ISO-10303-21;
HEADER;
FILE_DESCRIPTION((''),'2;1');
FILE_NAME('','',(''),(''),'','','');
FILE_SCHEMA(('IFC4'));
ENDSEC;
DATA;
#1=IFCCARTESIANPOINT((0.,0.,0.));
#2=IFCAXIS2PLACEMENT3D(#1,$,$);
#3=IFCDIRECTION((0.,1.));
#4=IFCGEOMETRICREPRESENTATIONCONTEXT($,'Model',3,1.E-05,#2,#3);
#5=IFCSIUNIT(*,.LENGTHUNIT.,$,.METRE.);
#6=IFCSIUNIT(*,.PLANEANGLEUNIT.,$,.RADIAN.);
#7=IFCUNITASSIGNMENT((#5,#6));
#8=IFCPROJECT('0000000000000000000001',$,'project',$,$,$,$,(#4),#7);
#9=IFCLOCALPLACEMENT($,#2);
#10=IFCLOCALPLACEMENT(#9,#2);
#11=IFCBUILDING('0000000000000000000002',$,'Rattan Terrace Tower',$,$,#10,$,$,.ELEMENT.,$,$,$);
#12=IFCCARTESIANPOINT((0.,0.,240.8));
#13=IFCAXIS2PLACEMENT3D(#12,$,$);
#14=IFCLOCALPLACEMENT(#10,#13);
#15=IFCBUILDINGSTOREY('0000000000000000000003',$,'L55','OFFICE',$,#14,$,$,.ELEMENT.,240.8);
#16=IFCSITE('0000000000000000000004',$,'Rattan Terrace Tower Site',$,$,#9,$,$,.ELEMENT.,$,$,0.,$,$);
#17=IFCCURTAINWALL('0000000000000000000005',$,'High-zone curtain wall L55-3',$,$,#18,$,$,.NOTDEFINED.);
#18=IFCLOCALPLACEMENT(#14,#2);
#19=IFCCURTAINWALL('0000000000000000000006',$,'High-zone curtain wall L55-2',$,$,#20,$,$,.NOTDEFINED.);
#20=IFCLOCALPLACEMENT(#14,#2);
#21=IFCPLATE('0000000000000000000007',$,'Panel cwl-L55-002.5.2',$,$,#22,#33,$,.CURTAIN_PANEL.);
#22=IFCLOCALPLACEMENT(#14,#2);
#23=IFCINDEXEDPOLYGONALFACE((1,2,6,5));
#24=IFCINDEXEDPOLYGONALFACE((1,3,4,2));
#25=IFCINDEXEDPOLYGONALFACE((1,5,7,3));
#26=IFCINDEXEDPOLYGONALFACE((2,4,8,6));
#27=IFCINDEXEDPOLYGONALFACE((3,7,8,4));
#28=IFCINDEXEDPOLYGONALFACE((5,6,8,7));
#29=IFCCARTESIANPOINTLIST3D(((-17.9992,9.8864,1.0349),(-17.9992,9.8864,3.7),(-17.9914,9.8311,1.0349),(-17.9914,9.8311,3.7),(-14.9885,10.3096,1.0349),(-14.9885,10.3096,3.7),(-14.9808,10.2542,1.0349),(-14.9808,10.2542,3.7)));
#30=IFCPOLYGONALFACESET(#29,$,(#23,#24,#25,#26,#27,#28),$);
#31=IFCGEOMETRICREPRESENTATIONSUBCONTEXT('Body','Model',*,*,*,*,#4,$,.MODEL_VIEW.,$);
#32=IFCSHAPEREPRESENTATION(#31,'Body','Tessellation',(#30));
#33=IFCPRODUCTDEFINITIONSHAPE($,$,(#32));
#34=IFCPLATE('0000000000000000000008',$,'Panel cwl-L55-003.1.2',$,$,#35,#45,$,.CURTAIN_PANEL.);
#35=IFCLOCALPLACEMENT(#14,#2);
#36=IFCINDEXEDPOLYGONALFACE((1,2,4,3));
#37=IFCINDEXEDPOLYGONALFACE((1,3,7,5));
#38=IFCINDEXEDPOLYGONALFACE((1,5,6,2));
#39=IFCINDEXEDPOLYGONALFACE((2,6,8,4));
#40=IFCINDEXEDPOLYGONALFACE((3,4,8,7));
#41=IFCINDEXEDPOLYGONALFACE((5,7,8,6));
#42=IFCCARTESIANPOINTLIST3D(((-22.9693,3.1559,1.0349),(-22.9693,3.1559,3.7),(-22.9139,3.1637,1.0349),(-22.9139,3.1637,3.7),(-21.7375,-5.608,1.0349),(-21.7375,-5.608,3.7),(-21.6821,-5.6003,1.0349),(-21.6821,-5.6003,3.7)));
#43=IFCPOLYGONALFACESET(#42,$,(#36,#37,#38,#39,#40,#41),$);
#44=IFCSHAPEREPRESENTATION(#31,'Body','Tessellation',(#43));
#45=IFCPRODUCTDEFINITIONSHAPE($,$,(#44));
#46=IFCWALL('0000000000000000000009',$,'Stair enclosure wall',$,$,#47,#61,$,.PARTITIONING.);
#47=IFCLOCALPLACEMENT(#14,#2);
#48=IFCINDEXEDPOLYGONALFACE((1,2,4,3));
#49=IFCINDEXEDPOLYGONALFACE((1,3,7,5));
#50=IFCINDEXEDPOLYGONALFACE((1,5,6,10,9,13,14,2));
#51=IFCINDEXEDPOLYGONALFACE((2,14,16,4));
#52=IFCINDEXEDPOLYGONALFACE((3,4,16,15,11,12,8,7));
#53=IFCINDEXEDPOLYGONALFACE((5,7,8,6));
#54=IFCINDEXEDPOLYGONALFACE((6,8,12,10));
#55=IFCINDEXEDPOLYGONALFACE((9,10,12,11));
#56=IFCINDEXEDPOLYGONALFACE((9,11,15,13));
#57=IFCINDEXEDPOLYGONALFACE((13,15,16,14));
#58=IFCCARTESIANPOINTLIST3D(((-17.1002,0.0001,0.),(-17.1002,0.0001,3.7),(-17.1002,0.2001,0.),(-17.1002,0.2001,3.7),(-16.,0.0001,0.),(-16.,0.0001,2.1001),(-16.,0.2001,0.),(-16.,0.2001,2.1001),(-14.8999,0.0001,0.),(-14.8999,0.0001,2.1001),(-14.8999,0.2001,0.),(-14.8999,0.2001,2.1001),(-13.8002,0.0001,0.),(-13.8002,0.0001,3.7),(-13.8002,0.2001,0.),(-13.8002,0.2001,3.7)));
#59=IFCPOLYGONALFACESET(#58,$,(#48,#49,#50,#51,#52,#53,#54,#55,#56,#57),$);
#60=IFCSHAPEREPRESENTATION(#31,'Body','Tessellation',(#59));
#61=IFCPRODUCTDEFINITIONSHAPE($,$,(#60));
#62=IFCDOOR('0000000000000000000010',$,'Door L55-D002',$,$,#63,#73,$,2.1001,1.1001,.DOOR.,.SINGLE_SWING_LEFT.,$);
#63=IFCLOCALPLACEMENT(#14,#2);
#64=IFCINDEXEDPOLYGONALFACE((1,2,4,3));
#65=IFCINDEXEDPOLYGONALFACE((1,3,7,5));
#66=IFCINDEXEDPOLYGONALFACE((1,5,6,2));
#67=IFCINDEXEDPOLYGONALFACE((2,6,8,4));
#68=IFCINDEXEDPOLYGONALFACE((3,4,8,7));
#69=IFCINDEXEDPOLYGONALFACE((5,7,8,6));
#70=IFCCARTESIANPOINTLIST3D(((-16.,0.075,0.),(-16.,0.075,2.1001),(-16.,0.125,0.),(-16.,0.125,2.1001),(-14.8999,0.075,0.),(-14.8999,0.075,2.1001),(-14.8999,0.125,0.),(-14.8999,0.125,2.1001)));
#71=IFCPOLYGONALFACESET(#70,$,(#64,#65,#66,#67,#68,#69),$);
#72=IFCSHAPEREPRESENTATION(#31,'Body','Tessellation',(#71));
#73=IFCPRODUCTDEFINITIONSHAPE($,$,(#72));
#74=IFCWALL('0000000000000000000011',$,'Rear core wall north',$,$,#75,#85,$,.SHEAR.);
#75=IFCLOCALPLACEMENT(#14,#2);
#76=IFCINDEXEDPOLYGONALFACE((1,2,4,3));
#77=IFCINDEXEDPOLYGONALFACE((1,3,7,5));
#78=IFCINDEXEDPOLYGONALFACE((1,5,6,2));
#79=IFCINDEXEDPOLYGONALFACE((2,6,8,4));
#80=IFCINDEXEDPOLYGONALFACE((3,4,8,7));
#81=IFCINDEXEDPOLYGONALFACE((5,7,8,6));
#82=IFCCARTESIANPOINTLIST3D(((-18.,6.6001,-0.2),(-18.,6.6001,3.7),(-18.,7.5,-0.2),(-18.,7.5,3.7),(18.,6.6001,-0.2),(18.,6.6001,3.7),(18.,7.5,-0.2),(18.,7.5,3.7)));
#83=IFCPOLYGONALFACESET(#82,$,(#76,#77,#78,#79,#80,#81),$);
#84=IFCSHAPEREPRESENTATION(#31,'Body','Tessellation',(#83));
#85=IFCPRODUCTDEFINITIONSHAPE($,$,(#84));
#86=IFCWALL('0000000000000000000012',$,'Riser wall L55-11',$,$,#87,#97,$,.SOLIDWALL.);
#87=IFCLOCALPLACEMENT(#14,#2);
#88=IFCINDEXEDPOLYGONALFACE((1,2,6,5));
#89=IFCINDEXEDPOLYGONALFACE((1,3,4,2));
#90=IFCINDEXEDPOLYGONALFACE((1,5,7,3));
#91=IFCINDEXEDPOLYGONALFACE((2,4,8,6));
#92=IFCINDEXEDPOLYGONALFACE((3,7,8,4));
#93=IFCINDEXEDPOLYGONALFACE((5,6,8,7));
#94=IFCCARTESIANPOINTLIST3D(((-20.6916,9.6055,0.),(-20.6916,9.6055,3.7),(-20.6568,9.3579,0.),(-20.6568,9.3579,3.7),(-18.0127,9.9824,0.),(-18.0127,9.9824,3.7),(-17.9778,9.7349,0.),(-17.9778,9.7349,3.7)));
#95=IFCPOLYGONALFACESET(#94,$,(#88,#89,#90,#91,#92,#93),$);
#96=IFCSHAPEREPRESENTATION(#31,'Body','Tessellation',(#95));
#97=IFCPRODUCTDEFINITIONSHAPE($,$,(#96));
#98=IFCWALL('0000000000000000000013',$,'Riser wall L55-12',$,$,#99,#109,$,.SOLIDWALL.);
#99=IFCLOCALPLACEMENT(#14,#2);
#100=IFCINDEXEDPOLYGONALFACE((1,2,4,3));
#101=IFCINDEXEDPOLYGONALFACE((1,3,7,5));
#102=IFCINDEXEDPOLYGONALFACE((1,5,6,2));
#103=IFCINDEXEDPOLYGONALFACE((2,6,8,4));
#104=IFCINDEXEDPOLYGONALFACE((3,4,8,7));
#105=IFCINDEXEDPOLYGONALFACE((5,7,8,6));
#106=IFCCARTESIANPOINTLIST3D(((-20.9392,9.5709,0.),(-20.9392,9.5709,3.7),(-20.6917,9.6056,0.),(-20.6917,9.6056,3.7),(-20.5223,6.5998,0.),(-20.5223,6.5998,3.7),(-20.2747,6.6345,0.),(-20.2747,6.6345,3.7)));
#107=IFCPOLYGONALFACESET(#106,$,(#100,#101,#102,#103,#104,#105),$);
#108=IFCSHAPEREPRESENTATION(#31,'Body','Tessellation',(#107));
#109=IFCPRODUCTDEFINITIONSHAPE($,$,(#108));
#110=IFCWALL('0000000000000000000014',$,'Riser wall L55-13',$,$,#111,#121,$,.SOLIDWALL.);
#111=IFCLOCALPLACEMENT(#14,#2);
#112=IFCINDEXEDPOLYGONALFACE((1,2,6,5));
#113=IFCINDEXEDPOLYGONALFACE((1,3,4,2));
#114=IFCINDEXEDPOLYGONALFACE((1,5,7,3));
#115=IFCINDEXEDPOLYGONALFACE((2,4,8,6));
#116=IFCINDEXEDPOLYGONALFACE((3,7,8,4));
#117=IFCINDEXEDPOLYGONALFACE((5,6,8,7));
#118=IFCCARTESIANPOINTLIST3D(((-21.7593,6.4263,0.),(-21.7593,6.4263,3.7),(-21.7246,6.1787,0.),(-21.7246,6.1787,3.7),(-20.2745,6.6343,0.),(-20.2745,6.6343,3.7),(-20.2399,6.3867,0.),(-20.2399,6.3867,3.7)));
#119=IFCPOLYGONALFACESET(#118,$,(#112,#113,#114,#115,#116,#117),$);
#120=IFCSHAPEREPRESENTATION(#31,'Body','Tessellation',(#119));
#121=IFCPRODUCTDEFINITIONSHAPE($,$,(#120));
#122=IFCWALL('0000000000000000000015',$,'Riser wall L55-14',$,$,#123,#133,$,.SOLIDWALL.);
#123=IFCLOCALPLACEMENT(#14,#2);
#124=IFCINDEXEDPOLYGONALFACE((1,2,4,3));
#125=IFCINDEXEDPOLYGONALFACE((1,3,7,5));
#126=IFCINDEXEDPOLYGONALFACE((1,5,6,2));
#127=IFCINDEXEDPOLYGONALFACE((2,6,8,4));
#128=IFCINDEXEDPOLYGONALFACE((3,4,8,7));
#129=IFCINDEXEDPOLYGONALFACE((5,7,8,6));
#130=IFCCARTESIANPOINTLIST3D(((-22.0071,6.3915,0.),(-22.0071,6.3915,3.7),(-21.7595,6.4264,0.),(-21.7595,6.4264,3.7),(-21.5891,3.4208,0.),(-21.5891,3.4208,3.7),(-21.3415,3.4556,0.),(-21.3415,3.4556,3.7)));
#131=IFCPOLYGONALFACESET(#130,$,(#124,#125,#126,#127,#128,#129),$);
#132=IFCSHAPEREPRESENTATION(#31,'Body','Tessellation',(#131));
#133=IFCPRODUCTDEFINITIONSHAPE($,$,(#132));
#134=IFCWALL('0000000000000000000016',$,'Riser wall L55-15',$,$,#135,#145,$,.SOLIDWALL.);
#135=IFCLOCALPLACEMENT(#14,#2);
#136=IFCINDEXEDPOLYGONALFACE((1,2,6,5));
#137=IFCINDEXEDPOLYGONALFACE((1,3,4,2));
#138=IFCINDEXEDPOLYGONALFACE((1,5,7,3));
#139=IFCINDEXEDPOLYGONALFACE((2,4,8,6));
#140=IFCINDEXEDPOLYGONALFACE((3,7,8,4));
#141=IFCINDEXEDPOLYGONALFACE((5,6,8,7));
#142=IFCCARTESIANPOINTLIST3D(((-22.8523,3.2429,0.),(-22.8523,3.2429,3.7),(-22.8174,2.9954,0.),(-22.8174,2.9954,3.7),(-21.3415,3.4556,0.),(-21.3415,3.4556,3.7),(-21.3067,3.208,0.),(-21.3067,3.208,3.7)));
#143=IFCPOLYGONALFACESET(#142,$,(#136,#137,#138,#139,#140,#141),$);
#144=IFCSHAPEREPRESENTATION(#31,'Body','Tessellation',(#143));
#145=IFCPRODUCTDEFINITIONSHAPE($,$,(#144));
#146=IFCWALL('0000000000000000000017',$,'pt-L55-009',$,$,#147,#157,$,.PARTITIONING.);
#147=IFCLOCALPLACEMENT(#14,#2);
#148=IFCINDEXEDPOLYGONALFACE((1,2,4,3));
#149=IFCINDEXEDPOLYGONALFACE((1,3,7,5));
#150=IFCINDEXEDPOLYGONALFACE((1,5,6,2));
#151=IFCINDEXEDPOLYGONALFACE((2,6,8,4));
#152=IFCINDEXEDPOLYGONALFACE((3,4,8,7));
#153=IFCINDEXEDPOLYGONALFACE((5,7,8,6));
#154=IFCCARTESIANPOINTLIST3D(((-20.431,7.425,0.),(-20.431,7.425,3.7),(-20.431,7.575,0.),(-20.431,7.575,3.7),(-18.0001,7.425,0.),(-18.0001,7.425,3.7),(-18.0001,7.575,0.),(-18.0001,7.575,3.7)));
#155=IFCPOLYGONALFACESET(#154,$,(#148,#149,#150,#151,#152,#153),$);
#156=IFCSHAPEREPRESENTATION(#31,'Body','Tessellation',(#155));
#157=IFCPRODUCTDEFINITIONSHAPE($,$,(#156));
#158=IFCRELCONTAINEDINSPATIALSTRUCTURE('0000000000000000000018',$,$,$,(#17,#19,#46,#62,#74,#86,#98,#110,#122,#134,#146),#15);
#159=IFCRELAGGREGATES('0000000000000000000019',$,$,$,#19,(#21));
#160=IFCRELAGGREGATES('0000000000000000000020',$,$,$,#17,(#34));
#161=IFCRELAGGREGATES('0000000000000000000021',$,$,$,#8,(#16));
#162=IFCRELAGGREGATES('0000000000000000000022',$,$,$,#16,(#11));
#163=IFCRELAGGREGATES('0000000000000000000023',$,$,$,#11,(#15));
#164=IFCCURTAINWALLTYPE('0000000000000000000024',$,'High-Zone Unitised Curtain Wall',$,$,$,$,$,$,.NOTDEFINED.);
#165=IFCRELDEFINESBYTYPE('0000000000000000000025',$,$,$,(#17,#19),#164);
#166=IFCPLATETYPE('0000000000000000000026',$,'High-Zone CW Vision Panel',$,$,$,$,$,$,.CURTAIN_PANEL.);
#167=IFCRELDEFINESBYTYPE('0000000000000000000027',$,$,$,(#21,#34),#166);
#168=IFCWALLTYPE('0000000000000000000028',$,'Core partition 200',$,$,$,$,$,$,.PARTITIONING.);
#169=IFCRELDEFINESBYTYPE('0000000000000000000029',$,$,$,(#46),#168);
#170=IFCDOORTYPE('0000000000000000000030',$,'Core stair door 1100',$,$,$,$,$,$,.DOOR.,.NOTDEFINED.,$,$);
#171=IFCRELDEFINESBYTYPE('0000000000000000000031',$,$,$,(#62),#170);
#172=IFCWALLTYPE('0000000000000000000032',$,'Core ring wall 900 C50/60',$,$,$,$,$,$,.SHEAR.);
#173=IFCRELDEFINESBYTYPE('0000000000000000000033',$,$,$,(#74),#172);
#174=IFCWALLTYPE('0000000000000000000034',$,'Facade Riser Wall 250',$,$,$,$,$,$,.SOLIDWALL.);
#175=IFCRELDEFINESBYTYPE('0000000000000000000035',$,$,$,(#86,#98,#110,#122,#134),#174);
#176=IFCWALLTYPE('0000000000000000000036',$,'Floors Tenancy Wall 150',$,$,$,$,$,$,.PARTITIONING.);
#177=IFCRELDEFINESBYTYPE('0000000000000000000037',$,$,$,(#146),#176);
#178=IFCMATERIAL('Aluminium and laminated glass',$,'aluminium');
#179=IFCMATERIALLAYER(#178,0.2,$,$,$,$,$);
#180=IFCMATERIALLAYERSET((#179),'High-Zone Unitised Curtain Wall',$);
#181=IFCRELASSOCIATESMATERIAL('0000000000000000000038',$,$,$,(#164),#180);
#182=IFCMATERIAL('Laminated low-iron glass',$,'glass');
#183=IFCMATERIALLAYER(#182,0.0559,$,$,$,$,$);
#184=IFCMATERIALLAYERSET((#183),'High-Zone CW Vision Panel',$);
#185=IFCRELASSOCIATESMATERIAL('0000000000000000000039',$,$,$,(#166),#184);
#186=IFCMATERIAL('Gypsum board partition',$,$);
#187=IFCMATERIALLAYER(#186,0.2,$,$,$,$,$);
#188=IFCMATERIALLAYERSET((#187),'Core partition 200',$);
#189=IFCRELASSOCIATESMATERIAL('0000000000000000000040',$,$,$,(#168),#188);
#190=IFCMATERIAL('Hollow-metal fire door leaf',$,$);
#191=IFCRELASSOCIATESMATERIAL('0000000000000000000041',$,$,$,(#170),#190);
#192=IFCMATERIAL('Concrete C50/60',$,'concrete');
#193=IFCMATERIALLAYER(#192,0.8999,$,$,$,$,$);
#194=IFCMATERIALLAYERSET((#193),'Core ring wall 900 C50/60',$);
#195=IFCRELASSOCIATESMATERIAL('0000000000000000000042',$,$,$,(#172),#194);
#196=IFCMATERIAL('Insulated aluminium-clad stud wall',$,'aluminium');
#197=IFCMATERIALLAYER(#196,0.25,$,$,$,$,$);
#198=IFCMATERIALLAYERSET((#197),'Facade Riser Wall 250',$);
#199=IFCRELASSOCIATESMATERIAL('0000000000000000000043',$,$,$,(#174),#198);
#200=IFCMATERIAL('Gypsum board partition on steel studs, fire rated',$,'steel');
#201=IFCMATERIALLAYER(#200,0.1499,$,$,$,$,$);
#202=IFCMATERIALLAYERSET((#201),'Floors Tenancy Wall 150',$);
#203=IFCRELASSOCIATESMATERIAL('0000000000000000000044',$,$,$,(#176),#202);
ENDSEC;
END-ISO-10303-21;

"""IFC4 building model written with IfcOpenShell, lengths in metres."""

from ifc_helpers import new_model, si_unit, direction, frame, frame_2d, origin, origin_2d, place, context, subcontext, project, spatial, rectangle, extrude, material, layer, layer_set, type_object, element, fill, aggregate, save


model = new_model("IFC4")

# Units and contexts
model_context = context("Model", 3, precision=1e-05, world=origin(), true_north=direction((0.0, 1.0)))
body_context = subcontext(model_context, "Body", "Model", "MODEL_VIEW")
ifc_project = project(units=[si_unit("LENGTHUNIT", "METRE"), si_unit("PLANEANGLEUNIT", "RADIAN")], contexts=[model_context])

# Site, building, storey
site_placement = place(None, origin())
site = spatial("IfcSite", under=ifc_project, at=site_placement, Name="Rattan Terrace Tower Site", CompositionType="ELEMENT", RefElevation=0.0)
building_placement = place(site_placement, origin())
building = spatial("IfcBuilding", under=site, at=building_placement, Name="Rattan Terrace Tower", CompositionType="ELEMENT")
storey_placement = place(building_placement, frame((0.0, 0.0, 240.8)))
storey = spatial("IfcBuildingStorey", under=building, at=storey_placement, Name="L55", Description="OFFICE", CompositionType="ELEMENT", Elevation=240.8)

# Curtain wall
ifc_material_1 = material(Name="Aluminium and laminated glass", Category="aluminium")
ifc_layer_1 = layer(ifc_material_1, 0.2)
ifc_layer_set_1 = layer_set([ifc_layer_1], Name="High-Zone Unitised Curtain Wall")
curtain_wall_type = type_object("IfcCurtainWallType", Name="High-Zone Unitised Curtain Wall", PredefinedType="NOTDEFINED", material=ifc_layer_set_1)
curtain_wall_1_placement = place(storey_placement, origin())
curtain_wall_1 = element("IfcCurtainWall", 1, at=curtain_wall_1_placement, inside=storey, type_object=curtain_wall_type, Name="High-zone curtain wall L55-3", PredefinedType="NOTDEFINED")

# Curtain wall, plate
curtain_wall_2_placement = place(storey_placement, origin())
curtain_wall_2 = element("IfcCurtainWall", 2, at=curtain_wall_2_placement, inside=storey, type_object=curtain_wall_type, Name="High-zone curtain wall L55-2", PredefinedType="NOTDEFINED")
ifc_material_2 = material(Name="Laminated low-iron glass", Category="glass")
ifc_layer_2 = layer(ifc_material_2, 0.0559)
ifc_layer_set_2 = layer_set([ifc_layer_2], Name="High-Zone CW Vision Panel")
plate_type_1 = type_object("IfcPlateType", Name="High-Zone CW Vision Panel", PredefinedType="CURTAIN_PANEL", material=ifc_layer_set_2)
plate_1_placement = place(storey_placement, frame((-16.49, 10.0703, 1.0349), z_axis=(0.0, 0.0, 1.0), x_axis=(-0.990267, -0.139177, 0.0)))
plate_1 = element("IfcPlate", 3, at=plate_1_placement, type_object=plate_type_1, Name="Panel cwl-L55-002.5.2", PredefinedType="CURTAIN_PANEL", context=body_context, shape_type="SweptSolid", body=[
    extrude(rectangle(XDim=3.0403, YDim=0.0559, at=origin_2d()), origin(), (0.0, 0.0, 1.0), 2.665),
])
aggregate(curtain_wall_2, [plate_1])

# Plate
plate_2_placement = place(storey_placement, frame((-22.3257, -1.2222, 1.0349), z_axis=(0.0, 0.0, 1.0), x_axis=(0.139186, -0.990266, 0.0)))
plate_2 = element("IfcPlate", 4, at=plate_2_placement, type_object=plate_type_1, Name="Panel cwl-L55-003.1.2", PredefinedType="CURTAIN_PANEL", context=body_context, shape_type="SweptSolid", body=[
    extrude(rectangle(XDim=8.8501, YDim=0.0559, at=origin_2d()), origin(), (0.0, 0.0, 1.0), 2.665),
])
aggregate(curtain_wall_1, [plate_2])

# Wall, opening, door
ifc_material_3 = material(Name="Gypsum board partition")
ifc_layer_3 = layer(ifc_material_3, 0.2)
ifc_layer_set_3 = layer_set([ifc_layer_3], Name="Core partition 200")
wall_type_1 = type_object("IfcWallType", Name="Core partition 200", PredefinedType="PARTITIONING", material=ifc_layer_set_3)
wall_1_placement = place(storey_placement, frame((-17.1001, 0.1001, 0.0), z_axis=(0.0, 0.0, 1.0), x_axis=(1.0, 0.0, 0.0)))
wall_1 = element("IfcWall", 5, at=wall_1_placement, inside=storey, type_object=wall_type_1, Name="Stair enclosure wall", PredefinedType="PARTITIONING", context=body_context, shape_type="SweptSolid", body=[
    extrude(rectangle(XDim=3.3, YDim=0.2, at=frame_2d((1.6499, 0.0))), origin(), (0.0, 0.0, 1.0), 3.7),
])
opening_placement = place(wall_1_placement, frame((1.1001, 0.0, 0.0)))
opening = element("IfcOpeningElement", 6, at=opening_placement, cuts=wall_1, PredefinedType="OPENING", context=body_context, shape_type="SweptSolid", body=[
    extrude(rectangle(XDim=1.1001, YDim=2.1001, at=frame_2d((0.55, 1.05))), frame((0.0, 0.1106, 0.0), z_axis=(0.0, -1.0, 0.0), x_axis=(1.0, 0.0, 0.0)), (0.0, 0.0, 1.0), 0.2209),
])
ifc_material_4 = material(Name="Hollow-metal fire door leaf")
door_type = type_object("IfcDoorType", Name="Core stair door 1100", OperationType="NOTDEFINED", PredefinedType="DOOR", material=ifc_material_4)
door_placement = place(opening_placement, origin())
door = element("IfcDoor", 7, at=door_placement, inside=storey, type_object=door_type, Name="Door L55-D002", OperationType="SINGLE_SWING_LEFT", OverallHeight=2.1001, OverallWidth=1.1001, PredefinedType="DOOR", context=body_context, shape_type="SweptSolid", body=[
    extrude(rectangle(XDim=1.1001, YDim=2.1001, at=frame_2d((0.55, 1.05))), frame((0.0, 0.0249, 0.0), z_axis=(0.0, -1.0, 0.0), x_axis=(1.0, 0.0, 0.0)), (0.0, 0.0, 1.0), 0.05),
])
fill(opening, door)

# Walls
ifc_material_5 = material(Name="Concrete C50/60", Category="concrete")
ifc_layer_4 = layer(ifc_material_5, 0.8999)
ifc_layer_set_4 = layer_set([ifc_layer_4], Name="Core ring wall 900 C50/60")
wall_type_2 = type_object("IfcWallType", Name="Core ring wall 900 C50/60", PredefinedType="SHEAR", material=ifc_layer_set_4)
wall_2_placement = place(storey_placement, frame((-18.0, 7.05, -0.2), z_axis=(0.0, 0.0, 1.0), x_axis=(1.0, 0.0, 0.0)))
element("IfcWall", 8, at=wall_2_placement, inside=storey, type_object=wall_type_2, Name="Rear core wall north", PredefinedType="SHEAR", context=body_context, shape_type="SweptSolid", body=[
    extrude(rectangle(XDim=36.0, YDim=0.8999, at=frame_2d((18.0, 0.0))), origin(), (0.0, 0.0, 1.0), 3.8999),
])
ifc_material_6 = material(Name="Insulated aluminium-clad stud wall", Category="aluminium")
ifc_layer_5 = layer(ifc_material_6, 0.25)
ifc_layer_set_5 = layer_set([ifc_layer_5], Name="Facade Riser Wall 250")
wall_type_3 = type_object("IfcWallType", Name="Facade Riser Wall 250", PredefinedType="SOLIDWALL", material=ifc_layer_set_5)
wall_3_placement = place(storey_placement, frame((-17.9954, 9.8586, 0.0), z_axis=(0.0, 0.0, 1.0), x_axis=(-0.990245, -0.139336, 0.0)))
element("IfcWall", 9, at=wall_3_placement, inside=storey, type_object=wall_type_3, Name="Riser wall L55-11", PredefinedType="SOLIDWALL", context=body_context, shape_type="SweptSolid", body=[
    extrude(rectangle(XDim=2.7053, YDim=0.25, at=frame_2d((1.3525, 0.0))), origin(), (0.0, 0.0, 1.0), 3.7),
])
wall_4_placement = place(storey_placement, frame((-20.8154, 9.5881, 0.0), z_axis=(0.0, 0.0, 1.0), x_axis=(0.138983, -0.990295, 0.0)))
element("IfcWall", 10, at=wall_4_placement, inside=storey, type_object=wall_type_3, Name="Riser wall L55-12", PredefinedType="SOLIDWALL", context=body_context, shape_type="SweptSolid", body=[
    extrude(rectangle(XDim=3.0002, YDim=0.25, at=frame_2d((1.5, 0.0))), origin(), (0.0, 0.0, 1.0), 3.7),
])
wall_5_placement = place(storey_placement, frame((-20.2573, 6.5105, 0.0), z_axis=(0.0, 0.0, 1.0), x_axis=(-0.99033, -0.138731, 0.0)))
element("IfcWall", 11, at=wall_5_placement, inside=storey, type_object=wall_type_3, Name="Riser wall L55-13", PredefinedType="SOLIDWALL", context=body_context, shape_type="SweptSolid", body=[
    extrude(rectangle(XDim=1.4993, YDim=0.25, at=frame_2d((0.7495, 0.0))), origin(), (0.0, 0.0, 1.0), 3.7),
])
wall_6_placement = place(storey_placement, frame((-21.8833, 6.4089, 0.0), z_axis=(0.0, 0.0, 1.0), x_axis=(0.139325, -0.990247, 0.0)))
element("IfcWall", 12, at=wall_6_placement, inside=storey, type_object=wall_type_3, Name="Riser wall L55-14", PredefinedType="SOLIDWALL", context=body_context, shape_type="SweptSolid", body=[
    extrude(rectangle(XDim=3.0, YDim=0.25, at=frame_2d((1.5, 0.0))), origin(), (0.0, 0.0, 1.0), 3.7),
])
wall_7_placement = place(storey_placement, frame((-21.3242, 3.3318, 0.0), z_axis=(0.0, 0.0, 1.0), x_axis=(-0.990239, -0.139382, 0.0)))
element("IfcWall", 13, at=wall_7_placement, inside=storey, type_object=wall_type_3, Name="Riser wall L55-15", PredefinedType="SOLIDWALL", context=body_context, shape_type="SweptSolid", body=[
    extrude(rectangle(XDim=1.5256, YDim=0.25, at=frame_2d((0.7627, 0.0))), origin(), (0.0, 0.0, 1.0), 3.7),
])
ifc_material_7 = material(Name="Gypsum board partition on steel studs, fire rated", Category="steel")
ifc_layer_6 = layer(ifc_material_7, 0.1499)
ifc_layer_set_6 = layer_set([ifc_layer_6], Name="Floors Tenancy Wall 150")
wall_type_4 = type_object("IfcWallType", Name="Floors Tenancy Wall 150", PredefinedType="PARTITIONING", material=ifc_layer_set_6)
wall_8_placement = place(storey_placement, frame((-20.4309, 7.5, 0.0), z_axis=(0.0, 0.0, 1.0), x_axis=(1.0, 0.0, 0.0)))
element("IfcWall", 14, at=wall_8_placement, inside=storey, type_object=wall_type_4, Name="pt-L55-009", PredefinedType="PARTITIONING", context=body_context, shape_type="SweptSolid", body=[
    extrude(rectangle(XDim=2.4309, YDim=0.1499, at=frame_2d((1.2153, 0.0))), origin(), (0.0, 0.0, 1.0), 3.7),
])

save(model, "model.ifc")
